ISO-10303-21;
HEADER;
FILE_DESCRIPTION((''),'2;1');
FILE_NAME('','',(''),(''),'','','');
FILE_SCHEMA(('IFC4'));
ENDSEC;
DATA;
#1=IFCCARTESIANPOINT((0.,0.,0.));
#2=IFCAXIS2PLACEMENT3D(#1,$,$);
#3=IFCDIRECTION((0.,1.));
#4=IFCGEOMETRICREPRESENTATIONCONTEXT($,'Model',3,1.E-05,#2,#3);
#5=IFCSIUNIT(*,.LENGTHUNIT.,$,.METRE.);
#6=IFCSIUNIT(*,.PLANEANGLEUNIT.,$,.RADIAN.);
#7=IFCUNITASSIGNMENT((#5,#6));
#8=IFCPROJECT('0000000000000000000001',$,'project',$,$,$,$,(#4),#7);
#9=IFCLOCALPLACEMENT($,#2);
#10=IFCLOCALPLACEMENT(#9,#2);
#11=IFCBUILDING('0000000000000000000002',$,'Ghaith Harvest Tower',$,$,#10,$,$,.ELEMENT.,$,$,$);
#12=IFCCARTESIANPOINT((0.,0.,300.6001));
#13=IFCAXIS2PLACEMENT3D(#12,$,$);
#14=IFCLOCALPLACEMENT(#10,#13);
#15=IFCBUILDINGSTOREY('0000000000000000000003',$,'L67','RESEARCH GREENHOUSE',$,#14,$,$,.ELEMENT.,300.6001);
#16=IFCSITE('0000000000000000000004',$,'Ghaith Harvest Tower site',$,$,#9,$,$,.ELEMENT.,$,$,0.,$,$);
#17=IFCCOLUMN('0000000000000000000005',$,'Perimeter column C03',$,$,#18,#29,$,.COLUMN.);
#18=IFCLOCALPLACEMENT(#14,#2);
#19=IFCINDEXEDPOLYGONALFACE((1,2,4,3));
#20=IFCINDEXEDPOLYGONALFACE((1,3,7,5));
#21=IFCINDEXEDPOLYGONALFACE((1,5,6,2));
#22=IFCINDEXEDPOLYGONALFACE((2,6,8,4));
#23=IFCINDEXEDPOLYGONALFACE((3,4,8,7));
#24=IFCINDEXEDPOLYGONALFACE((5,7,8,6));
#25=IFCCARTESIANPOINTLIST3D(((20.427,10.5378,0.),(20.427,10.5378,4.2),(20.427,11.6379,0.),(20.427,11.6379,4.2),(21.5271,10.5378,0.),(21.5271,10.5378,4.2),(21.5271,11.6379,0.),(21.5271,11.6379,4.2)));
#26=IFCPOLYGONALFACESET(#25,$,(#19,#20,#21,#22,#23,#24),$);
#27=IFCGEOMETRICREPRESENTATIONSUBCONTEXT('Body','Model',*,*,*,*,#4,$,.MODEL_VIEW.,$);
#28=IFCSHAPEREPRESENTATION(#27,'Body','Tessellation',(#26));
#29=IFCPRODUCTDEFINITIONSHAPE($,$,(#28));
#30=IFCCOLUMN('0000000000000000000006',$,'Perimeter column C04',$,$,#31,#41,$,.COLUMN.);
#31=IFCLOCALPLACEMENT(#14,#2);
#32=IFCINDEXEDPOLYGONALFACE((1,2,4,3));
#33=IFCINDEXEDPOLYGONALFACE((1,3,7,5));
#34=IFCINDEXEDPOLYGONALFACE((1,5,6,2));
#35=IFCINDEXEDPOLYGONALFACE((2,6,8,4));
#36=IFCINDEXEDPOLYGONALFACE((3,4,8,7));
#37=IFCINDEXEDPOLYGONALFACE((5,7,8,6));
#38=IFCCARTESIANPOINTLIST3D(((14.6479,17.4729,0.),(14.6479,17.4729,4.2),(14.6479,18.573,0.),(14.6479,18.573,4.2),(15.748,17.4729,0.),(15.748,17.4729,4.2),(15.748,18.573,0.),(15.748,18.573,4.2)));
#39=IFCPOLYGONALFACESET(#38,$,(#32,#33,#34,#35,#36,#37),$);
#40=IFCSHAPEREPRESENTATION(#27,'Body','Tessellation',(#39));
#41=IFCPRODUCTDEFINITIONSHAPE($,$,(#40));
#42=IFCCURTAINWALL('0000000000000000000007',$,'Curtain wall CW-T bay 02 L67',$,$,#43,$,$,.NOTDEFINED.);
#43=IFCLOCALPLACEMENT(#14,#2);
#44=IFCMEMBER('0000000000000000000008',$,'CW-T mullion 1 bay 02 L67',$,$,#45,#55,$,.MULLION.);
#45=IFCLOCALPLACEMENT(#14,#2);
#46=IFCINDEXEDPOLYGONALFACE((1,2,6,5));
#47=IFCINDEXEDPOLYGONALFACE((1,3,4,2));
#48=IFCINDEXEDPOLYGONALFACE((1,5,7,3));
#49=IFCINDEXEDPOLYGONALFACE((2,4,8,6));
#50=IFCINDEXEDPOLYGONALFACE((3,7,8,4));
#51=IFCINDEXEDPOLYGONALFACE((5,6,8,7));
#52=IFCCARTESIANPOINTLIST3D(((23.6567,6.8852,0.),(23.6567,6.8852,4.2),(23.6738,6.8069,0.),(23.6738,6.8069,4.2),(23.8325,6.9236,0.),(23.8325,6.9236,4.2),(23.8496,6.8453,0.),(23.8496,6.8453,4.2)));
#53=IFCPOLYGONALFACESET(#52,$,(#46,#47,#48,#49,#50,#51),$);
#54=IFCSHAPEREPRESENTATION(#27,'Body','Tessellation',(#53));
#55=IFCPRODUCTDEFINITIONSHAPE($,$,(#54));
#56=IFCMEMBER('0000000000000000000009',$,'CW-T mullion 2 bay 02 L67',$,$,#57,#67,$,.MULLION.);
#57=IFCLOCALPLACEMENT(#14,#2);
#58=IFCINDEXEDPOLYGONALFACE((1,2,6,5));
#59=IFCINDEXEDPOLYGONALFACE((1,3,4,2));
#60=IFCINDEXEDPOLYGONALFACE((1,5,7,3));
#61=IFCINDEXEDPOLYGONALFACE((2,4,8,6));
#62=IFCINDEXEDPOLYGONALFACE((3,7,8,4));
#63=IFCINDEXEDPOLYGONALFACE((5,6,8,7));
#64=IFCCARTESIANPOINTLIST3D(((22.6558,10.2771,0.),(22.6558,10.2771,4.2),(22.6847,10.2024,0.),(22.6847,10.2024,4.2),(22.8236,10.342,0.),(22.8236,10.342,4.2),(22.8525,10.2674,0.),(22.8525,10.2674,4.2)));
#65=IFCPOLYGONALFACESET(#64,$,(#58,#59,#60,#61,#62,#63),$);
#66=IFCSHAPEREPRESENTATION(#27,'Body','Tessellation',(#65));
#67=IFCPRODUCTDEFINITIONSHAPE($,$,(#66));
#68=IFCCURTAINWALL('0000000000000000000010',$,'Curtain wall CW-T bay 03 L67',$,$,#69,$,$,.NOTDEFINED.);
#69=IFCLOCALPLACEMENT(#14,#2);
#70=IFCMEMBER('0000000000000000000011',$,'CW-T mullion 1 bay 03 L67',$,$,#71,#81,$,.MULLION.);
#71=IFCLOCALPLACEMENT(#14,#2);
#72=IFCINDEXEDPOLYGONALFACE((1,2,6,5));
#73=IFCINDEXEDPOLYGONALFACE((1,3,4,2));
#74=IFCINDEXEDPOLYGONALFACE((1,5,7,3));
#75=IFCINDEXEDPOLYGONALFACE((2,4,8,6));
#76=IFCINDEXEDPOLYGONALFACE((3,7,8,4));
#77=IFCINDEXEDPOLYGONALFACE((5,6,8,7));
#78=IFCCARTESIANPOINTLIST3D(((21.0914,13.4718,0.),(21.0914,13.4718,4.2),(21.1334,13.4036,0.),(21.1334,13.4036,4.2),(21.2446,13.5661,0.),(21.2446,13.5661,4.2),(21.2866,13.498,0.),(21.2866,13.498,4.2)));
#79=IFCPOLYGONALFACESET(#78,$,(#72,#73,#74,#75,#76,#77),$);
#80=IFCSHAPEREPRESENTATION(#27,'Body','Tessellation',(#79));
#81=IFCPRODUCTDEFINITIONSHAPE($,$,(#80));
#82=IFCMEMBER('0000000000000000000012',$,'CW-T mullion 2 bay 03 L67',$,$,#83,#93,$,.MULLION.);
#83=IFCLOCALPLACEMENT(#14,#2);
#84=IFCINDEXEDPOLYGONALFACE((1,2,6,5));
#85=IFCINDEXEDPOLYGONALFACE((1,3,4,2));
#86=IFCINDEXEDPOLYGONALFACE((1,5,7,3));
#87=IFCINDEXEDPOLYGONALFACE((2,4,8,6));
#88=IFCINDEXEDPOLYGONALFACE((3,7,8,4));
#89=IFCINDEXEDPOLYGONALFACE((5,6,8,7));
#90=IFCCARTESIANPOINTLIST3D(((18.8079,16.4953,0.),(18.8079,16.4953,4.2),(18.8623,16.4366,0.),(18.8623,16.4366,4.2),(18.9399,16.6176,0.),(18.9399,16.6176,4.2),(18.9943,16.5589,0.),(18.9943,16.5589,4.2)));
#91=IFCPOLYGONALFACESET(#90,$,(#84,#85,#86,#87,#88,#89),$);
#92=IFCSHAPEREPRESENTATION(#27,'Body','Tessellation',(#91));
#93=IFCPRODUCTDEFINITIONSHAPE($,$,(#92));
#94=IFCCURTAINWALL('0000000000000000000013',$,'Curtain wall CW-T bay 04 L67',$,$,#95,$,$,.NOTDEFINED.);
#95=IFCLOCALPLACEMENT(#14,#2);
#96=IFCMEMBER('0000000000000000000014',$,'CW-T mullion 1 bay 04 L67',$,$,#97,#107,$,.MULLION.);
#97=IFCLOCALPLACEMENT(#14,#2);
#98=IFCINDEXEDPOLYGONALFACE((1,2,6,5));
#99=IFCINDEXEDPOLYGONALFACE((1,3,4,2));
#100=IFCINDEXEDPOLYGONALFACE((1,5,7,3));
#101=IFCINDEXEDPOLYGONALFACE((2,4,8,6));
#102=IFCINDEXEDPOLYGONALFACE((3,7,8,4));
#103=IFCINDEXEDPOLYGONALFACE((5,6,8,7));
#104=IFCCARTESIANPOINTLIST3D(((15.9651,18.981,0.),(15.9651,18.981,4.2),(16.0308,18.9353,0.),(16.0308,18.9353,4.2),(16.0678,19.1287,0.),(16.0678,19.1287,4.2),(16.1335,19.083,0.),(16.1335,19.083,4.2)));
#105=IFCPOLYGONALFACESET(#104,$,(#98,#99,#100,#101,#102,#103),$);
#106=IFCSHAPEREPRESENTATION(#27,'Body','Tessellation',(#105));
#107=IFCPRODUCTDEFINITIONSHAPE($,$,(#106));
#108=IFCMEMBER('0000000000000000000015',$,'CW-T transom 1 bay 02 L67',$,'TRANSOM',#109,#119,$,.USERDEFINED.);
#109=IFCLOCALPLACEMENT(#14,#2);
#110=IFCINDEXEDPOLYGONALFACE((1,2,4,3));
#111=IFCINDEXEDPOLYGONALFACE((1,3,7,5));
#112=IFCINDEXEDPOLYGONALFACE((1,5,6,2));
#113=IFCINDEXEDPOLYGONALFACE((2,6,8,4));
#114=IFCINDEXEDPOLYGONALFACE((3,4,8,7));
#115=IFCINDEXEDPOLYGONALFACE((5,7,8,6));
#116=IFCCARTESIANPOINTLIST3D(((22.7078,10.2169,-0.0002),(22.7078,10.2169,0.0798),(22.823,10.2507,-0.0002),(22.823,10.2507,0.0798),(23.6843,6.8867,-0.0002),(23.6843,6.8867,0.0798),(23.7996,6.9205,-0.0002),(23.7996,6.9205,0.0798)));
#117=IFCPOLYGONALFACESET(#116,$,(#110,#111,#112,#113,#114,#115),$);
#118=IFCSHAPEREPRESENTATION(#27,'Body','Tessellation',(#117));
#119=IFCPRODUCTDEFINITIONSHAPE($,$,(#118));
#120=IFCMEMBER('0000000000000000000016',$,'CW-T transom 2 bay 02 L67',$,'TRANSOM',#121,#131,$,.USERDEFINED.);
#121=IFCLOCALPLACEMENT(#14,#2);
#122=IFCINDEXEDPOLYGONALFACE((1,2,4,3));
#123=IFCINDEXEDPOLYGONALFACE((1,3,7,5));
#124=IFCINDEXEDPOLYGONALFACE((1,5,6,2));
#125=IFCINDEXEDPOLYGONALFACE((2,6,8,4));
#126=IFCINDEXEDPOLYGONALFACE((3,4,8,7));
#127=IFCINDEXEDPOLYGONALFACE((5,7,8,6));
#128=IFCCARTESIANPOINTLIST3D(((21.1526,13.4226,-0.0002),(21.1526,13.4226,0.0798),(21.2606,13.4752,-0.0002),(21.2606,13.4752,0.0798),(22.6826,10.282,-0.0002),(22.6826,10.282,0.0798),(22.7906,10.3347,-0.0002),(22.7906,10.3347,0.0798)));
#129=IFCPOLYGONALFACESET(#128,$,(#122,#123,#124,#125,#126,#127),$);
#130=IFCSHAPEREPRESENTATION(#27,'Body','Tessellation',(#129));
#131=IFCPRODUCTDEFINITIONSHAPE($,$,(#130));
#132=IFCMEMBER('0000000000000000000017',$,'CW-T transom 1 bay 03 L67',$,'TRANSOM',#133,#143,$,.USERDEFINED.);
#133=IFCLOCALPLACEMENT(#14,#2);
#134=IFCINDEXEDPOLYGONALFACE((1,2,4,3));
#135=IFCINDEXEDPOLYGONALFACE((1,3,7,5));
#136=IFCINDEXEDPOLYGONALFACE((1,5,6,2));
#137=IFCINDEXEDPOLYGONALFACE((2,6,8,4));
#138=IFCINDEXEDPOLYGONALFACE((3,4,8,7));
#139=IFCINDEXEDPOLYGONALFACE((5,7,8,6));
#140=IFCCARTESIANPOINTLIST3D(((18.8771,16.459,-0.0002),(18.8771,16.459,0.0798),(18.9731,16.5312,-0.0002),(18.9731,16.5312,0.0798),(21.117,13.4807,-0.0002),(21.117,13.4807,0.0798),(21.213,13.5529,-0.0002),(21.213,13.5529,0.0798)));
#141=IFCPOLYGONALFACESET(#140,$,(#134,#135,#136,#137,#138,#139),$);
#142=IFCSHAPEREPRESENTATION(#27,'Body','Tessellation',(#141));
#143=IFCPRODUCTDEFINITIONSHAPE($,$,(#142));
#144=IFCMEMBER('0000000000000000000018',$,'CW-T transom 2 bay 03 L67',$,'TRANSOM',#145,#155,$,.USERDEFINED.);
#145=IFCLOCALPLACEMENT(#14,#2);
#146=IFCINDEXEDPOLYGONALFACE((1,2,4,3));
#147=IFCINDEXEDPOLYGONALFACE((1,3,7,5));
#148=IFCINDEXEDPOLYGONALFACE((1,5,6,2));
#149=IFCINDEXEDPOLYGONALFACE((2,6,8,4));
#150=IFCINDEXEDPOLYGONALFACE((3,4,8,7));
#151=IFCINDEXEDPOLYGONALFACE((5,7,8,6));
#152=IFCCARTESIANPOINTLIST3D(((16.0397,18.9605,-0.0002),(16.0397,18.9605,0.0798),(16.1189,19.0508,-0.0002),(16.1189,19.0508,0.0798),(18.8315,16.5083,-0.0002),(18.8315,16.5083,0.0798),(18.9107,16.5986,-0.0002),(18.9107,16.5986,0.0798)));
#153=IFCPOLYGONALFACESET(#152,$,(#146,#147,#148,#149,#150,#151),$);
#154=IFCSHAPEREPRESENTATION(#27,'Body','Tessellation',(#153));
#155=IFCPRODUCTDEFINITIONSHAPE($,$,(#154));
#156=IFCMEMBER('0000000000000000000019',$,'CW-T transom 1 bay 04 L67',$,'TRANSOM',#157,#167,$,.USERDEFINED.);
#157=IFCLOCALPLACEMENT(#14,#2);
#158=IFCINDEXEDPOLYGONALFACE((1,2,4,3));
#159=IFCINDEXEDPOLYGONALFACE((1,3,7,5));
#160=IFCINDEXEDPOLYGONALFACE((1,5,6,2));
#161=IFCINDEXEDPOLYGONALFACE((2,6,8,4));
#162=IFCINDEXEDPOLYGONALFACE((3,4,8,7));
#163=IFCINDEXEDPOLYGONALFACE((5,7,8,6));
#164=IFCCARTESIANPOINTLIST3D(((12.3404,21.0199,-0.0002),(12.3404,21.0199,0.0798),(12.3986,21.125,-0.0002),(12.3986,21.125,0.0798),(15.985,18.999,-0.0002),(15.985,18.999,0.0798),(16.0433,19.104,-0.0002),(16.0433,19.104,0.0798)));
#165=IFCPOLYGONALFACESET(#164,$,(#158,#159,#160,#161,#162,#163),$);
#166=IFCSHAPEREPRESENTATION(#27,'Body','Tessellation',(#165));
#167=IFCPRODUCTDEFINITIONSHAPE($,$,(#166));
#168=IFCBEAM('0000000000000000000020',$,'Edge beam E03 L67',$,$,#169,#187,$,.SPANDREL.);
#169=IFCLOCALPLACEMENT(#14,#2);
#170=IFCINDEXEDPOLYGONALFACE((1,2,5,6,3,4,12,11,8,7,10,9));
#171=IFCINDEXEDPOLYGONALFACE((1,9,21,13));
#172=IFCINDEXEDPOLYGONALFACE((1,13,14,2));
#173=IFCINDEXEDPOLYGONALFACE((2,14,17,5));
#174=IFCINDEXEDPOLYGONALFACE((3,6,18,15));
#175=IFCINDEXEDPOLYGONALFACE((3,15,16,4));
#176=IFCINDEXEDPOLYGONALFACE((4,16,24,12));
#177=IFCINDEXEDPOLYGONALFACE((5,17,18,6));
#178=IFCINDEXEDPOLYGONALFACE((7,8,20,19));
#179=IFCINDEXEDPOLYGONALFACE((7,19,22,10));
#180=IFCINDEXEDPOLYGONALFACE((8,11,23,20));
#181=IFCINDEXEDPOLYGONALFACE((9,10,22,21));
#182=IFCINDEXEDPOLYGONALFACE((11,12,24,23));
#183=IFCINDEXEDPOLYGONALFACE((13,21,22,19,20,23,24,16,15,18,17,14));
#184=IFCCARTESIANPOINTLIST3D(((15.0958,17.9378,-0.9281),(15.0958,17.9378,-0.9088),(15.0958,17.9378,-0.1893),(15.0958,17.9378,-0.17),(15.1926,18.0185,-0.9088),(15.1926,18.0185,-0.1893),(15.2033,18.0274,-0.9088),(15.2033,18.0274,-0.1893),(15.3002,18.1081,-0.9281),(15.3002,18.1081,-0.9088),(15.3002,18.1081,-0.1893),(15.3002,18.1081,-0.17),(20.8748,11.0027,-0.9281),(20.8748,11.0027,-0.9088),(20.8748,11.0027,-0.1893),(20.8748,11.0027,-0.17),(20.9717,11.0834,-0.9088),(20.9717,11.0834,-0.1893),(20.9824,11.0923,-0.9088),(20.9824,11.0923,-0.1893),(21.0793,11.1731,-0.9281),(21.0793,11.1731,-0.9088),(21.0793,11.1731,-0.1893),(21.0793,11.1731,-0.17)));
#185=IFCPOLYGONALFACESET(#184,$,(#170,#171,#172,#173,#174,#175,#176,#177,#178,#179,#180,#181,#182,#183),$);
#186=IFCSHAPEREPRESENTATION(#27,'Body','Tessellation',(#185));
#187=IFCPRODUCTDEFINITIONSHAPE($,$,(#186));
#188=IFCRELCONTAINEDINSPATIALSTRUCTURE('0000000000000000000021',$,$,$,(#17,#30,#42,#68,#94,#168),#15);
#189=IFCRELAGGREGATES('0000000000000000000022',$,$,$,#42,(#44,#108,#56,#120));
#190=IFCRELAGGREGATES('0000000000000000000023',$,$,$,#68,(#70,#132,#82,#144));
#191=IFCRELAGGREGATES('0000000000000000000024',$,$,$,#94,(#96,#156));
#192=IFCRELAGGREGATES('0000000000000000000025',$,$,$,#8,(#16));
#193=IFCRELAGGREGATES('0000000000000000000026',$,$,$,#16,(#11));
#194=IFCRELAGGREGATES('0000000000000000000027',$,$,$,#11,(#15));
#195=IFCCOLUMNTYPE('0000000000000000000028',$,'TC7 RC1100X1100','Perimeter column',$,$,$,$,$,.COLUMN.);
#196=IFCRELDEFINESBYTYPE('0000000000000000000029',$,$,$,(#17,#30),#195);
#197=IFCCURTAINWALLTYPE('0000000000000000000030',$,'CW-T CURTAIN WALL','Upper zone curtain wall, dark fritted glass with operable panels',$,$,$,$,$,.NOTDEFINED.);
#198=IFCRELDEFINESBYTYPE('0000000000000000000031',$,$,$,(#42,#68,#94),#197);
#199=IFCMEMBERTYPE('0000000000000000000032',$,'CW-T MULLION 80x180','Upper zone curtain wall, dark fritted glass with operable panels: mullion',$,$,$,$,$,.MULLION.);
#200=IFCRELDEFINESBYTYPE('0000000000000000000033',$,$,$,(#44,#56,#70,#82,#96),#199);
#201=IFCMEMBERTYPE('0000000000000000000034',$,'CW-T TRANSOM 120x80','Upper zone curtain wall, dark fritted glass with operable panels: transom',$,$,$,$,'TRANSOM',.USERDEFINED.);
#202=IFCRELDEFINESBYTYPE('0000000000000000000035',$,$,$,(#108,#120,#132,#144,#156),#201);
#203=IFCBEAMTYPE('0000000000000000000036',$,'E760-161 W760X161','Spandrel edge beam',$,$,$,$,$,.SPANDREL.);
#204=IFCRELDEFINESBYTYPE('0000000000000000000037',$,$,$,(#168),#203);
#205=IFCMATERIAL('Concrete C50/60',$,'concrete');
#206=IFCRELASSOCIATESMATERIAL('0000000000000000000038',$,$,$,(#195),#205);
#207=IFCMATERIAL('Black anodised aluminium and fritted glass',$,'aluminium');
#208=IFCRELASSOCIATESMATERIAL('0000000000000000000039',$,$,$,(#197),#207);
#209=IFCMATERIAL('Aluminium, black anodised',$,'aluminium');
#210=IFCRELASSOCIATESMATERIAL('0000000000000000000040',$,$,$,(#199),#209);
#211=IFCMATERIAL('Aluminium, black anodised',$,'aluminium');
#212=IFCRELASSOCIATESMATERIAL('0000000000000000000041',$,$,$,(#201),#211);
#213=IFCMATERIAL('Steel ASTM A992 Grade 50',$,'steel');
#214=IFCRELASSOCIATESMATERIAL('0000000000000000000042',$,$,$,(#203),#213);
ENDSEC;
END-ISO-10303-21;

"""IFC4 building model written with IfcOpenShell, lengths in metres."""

from ifc_helpers import new_model, si_unit, direction, frame, origin, origin_2d, place, context, subcontext, project, spatial, rectangle, i_section, extrude, material, material_profile, profile_set, type_object, element, aggregate, save


model = new_model("IFC4")

# Units and contexts
model_context = context("Model", 3, precision=1e-05, world=origin(), true_north=direction((0.0, 1.0)))
body_context = subcontext(model_context, "Body", "Model", "MODEL_VIEW")
ifc_project = project(units=[si_unit("LENGTHUNIT", "METRE"), si_unit("PLANEANGLEUNIT", "RADIAN")], contexts=[model_context])

# Site, building, storey
site_placement = place(None, origin())
site = spatial("IfcSite", under=ifc_project, at=site_placement, Name="Ghaith Harvest Tower site", CompositionType="ELEMENT", RefElevation=0.0)
building_placement = place(site_placement, origin())
building = spatial("IfcBuilding", under=site, at=building_placement, Name="Ghaith Harvest Tower", CompositionType="ELEMENT")
storey_placement = place(building_placement, frame((0.0, 0.0, 300.6001)))
storey = spatial("IfcBuildingStorey", under=building, at=storey_placement, Name="L67", Description="RESEARCH GREENHOUSE", CompositionType="ELEMENT", Elevation=300.6001)

# Columns
ifc_material_1 = material(Name="Concrete C50/60", Category="concrete")
ifc_material_profile_1 = material_profile(ifc_material_1, rectangle(XDim=1.1001, YDim=1.1001, at=origin_2d()), Name="RC1100X1100")
ifc_profile_set_1 = profile_set([ifc_material_profile_1], Name="Concrete C50/60")
column_type = type_object("IfcColumnType", Name="TC7 RC1100X1100", Description="Perimeter column", PredefinedType="COLUMN", material=ifc_profile_set_1)
for number, where, z_axis, x_axis, name in (
    (1, (20.9771, 11.0879, 0.0), (0.0, 0.0, 1.0), (1.0, 0.0, 0.0), "Perimeter column C03"),
    (2, (15.198, 18.0229, 0.0), (0.0, 0.0, 1.0), (1.0, 0.0, 0.0), "Perimeter column C04"),
):
    element("IfcColumn", number, at=place(storey_placement, frame(where, z_axis=z_axis, x_axis=x_axis)), inside=storey, type_object=column_type, Name=name, PredefinedType="COLUMN", context=body_context, shape_type="SweptSolid", body=[
        extrude(rectangle(XDim=1.1001, YDim=1.1001, at=origin_2d()), origin(), (0.0, 0.0, 1.0), 4.2),
    ])

# Curtain walls, members
ifc_material_2 = material(Name="Black anodised aluminium and fritted glass", Category="aluminium")
curtain_wall_type = type_object("IfcCurtainWallType", Name="CW-T CURTAIN WALL", Description="Upper zone curtain wall, dark fritted glass with operable panels", PredefinedType="NOTDEFINED", material=ifc_material_2)
curtain_wall_1_placement = place(storey_placement, origin())
curtain_wall_1 = element("IfcCurtainWall", 3, at=curtain_wall_1_placement, inside=storey, type_object=curtain_wall_type, Name="Curtain wall CW-T bay 02 L67", PredefinedType="NOTDEFINED")
ifc_material_3 = material(Name="Aluminium, black anodised", Category="aluminium")
ifc_material_profile_2 = material_profile(ifc_material_3, rectangle(XDim=0.0801, YDim=0.1799, at=origin_2d()), Name="CW-T MULLION 80x180")
ifc_profile_set_2 = profile_set([ifc_material_profile_2], Name="Aluminium, black anodised")
member_type_1 = type_object("IfcMemberType", Name="CW-T MULLION 80x180", Description="Upper zone curtain wall, dark fritted glass with operable panels: mullion", PredefinedType="MULLION", material=ifc_profile_set_2)
member_1_placement = place(storey_placement, frame((23.7532, 6.8652, 0.0), z_axis=(0.0, 0.0, 1.0), x_axis=(-0.213402, 0.976964, 0.0)))
member_1 = element("IfcMember", 4, at=member_1_placement, type_object=member_type_1, Name="CW-T mullion 1 bay 02 L67", PredefinedType="MULLION", context=body_context, shape_type="SweptSolid", body=[
    extrude(rectangle(XDim=0.0801, YDim=0.1799, at=origin_2d()), origin(), (0.0, 0.0, 1.0), 4.2),
])
member_2_placement = place(storey_placement, frame((22.7542, 10.2722, 0.0), z_axis=(0.0, 0.0, 1.0), x_axis=(-0.361184, 0.932494, 0.0)))
member_2 = element("IfcMember", 5, at=member_2_placement, type_object=member_type_1, Name="CW-T mullion 2 bay 02 L67", PredefinedType="MULLION", context=body_context, shape_type="SweptSolid", body=[
    extrude(rectangle(XDim=0.0801, YDim=0.1799, at=origin_2d()), origin(), (0.0, 0.0, 1.0), 4.2),
])
curtain_wall_2_placement = place(storey_placement, origin())
curtain_wall_2 = element("IfcCurtainWall", 6, at=curtain_wall_2_placement, inside=storey, type_object=curtain_wall_type, Name="Curtain wall CW-T bay 03 L67", PredefinedType="NOTDEFINED")
member_3_placement = place(storey_placement, frame((21.189, 13.4849, 0.0), z_axis=(0.0, 0.0, 1.0), x_axis=(-0.524482, 0.851421, 0.0)))
member_3 = element("IfcMember", 7, at=member_3_placement, type_object=member_type_1, Name="CW-T mullion 1 bay 03 L67", PredefinedType="MULLION", context=body_context, shape_type="SweptSolid", body=[
    extrude(rectangle(XDim=0.0801, YDim=0.1799, at=origin_2d()), origin(), (0.0, 0.0, 1.0), 4.2),
])
member_4_placement = place(storey_placement, frame((18.9011, 16.5271, 0.0), z_axis=(0.0, 0.0, 1.0), x_axis=(-0.679661, 0.733526, 0.0)))
member_4 = element("IfcMember", 8, at=member_4_placement, type_object=member_type_1, Name="CW-T mullion 2 bay 03 L67", PredefinedType="MULLION", context=body_context, shape_type="SweptSolid", body=[
    extrude(rectangle(XDim=0.0801, YDim=0.1799, at=origin_2d()), origin(), (0.0, 0.0, 1.0), 4.2),
])

# Curtain wall, member
curtain_wall_3_placement = place(storey_placement, origin())
curtain_wall_3 = element("IfcCurtainWall", 9, at=curtain_wall_3_placement, inside=storey, type_object=curtain_wall_type, Name="Curtain wall CW-T bay 04 L67", PredefinedType="NOTDEFINED")
member_5_placement = place(storey_placement, frame((16.0493, 19.032, 0.0), z_axis=(0.0, 0.0, 1.0), x_axis=(-0.821112, 0.570767, 0.0)))
member_5 = element("IfcMember", 10, at=member_5_placement, type_object=member_type_1, Name="CW-T mullion 1 bay 04 L67", PredefinedType="MULLION", context=body_context, shape_type="SweptSolid", body=[
    extrude(rectangle(XDim=0.0801, YDim=0.1799, at=origin_2d()), origin(), (0.0, 0.0, 1.0), 4.2),
])

# Members
ifc_material_4 = material(Name="Aluminium, black anodised", Category="aluminium")
ifc_material_profile_3 = material_profile(ifc_material_4, rectangle(XDim=0.1201, YDim=0.0801, at=origin_2d()), Name="CW-T TRANSOM 120x80")
ifc_profile_set_3 = profile_set([ifc_material_profile_3], Name="Aluminium, black anodised")
member_type_2 = type_object("IfcMemberType", Name="CW-T TRANSOM 120x80", Description="Upper zone curtain wall, dark fritted glass with operable panels: transom", ElementType="TRANSOM", PredefinedType="USERDEFINED", material=ifc_profile_set_3)
member_6_placement = place(storey_placement, frame((23.7419, 6.9036, 0.0398), z_axis=(-0.281385, 0.959595, 0.0), x_axis=(-0.959595, -0.281385, 0.0)))
member_6 = element("IfcMember", 11, at=member_6_placement, type_object=member_type_2, Name="CW-T transom 1 bay 02 L67", ObjectType="TRANSOM", PredefinedType="USERDEFINED", context=body_context, shape_type="SweptSolid", body=[
    extrude(rectangle(XDim=0.1201, YDim=0.0801, at=origin_2d()), origin(), (0.0, 0.0, 1.0), 3.4705),
])
member_7_placement = place(storey_placement, frame((22.7366, 10.3083, 0.0398), z_axis=(-0.437965, 0.898992, 0.0), x_axis=(-0.898992, -0.437965, 0.0)))
member_7 = element("IfcMember", 12, at=member_7_placement, type_object=member_type_2, Name="CW-T transom 2 bay 02 L67", ObjectType="TRANSOM", PredefinedType="USERDEFINED", context=body_context, shape_type="SweptSolid", body=[
    extrude(rectangle(XDim=0.1201, YDim=0.0801, at=origin_2d()), origin(), (0.0, 0.0, 1.0), 3.4934),
])
member_8_placement = place(storey_placement, frame((21.165, 13.5168, 0.0398), z_axis=(-0.601079, 0.79919, 0.0), x_axis=(-0.79919, -0.601079, 0.0)))
member_8 = element("IfcMember", 13, at=member_8_placement, type_object=member_type_2, Name="CW-T transom 1 bay 03 L67", ObjectType="TRANSOM", PredefinedType="USERDEFINED", context=body_context, shape_type="SweptSolid", body=[
    extrude(rectangle(XDim=0.1201, YDim=0.0801, at=origin_2d()), origin(), (0.0, 0.0, 1.0), 3.7266),
])
member_9_placement = place(storey_placement, frame((18.8711, 16.5535, 0.0398), z_axis=(-0.751326, 0.659931, 0.0), x_axis=(-0.659931, -0.751326, 0.0)))
member_9 = element("IfcMember", 14, at=member_9_placement, type_object=member_type_2, Name="CW-T transom 2 bay 03 L67", ObjectType="TRANSOM", PredefinedType="USERDEFINED", context=body_context, shape_type="SweptSolid", body=[
    extrude(rectangle(XDim=0.1201, YDim=0.0801, at=origin_2d()), origin(), (0.0, 0.0, 1.0), 3.7158),
])
member_10_placement = place(storey_placement, frame((16.0142, 19.0515, 0.0398), z_axis=(-0.874552, 0.484932, 0.0), x_axis=(-0.484932, -0.874552, 0.0)))
member_10 = element("IfcMember", 15, at=member_10_placement, type_object=member_type_2, Name="CW-T transom 1 bay 04 L67", ObjectType="TRANSOM", PredefinedType="USERDEFINED", context=body_context, shape_type="SweptSolid", body=[
    extrude(rectangle(XDim=0.1201, YDim=0.0801, at=origin_2d()), origin(), (0.0, 0.0, 1.0), 4.1675),
])

# Beam
ifc_material_5 = material(Name="Steel ASTM A992 Grade 50", Category="steel")
ifc_material_profile_4 = material_profile(ifc_material_5, i_section(OverallWidth=0.2661, OverallDepth=0.7581, WebThickness=0.0139, FlangeThickness=0.0193, at=origin_2d()), Name="W760X161")
ifc_profile_set_4 = profile_set([ifc_material_profile_4], Name="Steel ASTM A992 Grade 50")
beam_type_1 = type_object("IfcBeamType", Name="E760-161 W760X161", Description="Spandrel edge beam", PredefinedType="SPANDREL", material=ifc_profile_set_4)
beam_1_placement = place(storey_placement, frame((20.9771, 11.0879, -0.5491), z_axis=(-0.640174, 0.76823, 0.0), x_axis=(-0.76823, -0.640174, 0.0)))
element("IfcBeam", 16, at=beam_1_placement, inside=storey, type_object=beam_type_1, Name="Edge beam E03 L67", PredefinedType="SPANDREL", context=body_context, shape_type="SweptSolid", body=[
    extrude(i_section(OverallWidth=0.2661, OverallDepth=0.7581, WebThickness=0.0139, FlangeThickness=0.0193, at=origin_2d()), origin(), (0.0, 0.0, 1.0), 9.0273),
])

aggregate(curtain_wall_1, [member_1, member_6, member_2, member_7])
aggregate(curtain_wall_2, [member_3, member_8, member_4, member_9])
aggregate(curtain_wall_3, [member_5, member_10])

save(model, "model.ifc")
